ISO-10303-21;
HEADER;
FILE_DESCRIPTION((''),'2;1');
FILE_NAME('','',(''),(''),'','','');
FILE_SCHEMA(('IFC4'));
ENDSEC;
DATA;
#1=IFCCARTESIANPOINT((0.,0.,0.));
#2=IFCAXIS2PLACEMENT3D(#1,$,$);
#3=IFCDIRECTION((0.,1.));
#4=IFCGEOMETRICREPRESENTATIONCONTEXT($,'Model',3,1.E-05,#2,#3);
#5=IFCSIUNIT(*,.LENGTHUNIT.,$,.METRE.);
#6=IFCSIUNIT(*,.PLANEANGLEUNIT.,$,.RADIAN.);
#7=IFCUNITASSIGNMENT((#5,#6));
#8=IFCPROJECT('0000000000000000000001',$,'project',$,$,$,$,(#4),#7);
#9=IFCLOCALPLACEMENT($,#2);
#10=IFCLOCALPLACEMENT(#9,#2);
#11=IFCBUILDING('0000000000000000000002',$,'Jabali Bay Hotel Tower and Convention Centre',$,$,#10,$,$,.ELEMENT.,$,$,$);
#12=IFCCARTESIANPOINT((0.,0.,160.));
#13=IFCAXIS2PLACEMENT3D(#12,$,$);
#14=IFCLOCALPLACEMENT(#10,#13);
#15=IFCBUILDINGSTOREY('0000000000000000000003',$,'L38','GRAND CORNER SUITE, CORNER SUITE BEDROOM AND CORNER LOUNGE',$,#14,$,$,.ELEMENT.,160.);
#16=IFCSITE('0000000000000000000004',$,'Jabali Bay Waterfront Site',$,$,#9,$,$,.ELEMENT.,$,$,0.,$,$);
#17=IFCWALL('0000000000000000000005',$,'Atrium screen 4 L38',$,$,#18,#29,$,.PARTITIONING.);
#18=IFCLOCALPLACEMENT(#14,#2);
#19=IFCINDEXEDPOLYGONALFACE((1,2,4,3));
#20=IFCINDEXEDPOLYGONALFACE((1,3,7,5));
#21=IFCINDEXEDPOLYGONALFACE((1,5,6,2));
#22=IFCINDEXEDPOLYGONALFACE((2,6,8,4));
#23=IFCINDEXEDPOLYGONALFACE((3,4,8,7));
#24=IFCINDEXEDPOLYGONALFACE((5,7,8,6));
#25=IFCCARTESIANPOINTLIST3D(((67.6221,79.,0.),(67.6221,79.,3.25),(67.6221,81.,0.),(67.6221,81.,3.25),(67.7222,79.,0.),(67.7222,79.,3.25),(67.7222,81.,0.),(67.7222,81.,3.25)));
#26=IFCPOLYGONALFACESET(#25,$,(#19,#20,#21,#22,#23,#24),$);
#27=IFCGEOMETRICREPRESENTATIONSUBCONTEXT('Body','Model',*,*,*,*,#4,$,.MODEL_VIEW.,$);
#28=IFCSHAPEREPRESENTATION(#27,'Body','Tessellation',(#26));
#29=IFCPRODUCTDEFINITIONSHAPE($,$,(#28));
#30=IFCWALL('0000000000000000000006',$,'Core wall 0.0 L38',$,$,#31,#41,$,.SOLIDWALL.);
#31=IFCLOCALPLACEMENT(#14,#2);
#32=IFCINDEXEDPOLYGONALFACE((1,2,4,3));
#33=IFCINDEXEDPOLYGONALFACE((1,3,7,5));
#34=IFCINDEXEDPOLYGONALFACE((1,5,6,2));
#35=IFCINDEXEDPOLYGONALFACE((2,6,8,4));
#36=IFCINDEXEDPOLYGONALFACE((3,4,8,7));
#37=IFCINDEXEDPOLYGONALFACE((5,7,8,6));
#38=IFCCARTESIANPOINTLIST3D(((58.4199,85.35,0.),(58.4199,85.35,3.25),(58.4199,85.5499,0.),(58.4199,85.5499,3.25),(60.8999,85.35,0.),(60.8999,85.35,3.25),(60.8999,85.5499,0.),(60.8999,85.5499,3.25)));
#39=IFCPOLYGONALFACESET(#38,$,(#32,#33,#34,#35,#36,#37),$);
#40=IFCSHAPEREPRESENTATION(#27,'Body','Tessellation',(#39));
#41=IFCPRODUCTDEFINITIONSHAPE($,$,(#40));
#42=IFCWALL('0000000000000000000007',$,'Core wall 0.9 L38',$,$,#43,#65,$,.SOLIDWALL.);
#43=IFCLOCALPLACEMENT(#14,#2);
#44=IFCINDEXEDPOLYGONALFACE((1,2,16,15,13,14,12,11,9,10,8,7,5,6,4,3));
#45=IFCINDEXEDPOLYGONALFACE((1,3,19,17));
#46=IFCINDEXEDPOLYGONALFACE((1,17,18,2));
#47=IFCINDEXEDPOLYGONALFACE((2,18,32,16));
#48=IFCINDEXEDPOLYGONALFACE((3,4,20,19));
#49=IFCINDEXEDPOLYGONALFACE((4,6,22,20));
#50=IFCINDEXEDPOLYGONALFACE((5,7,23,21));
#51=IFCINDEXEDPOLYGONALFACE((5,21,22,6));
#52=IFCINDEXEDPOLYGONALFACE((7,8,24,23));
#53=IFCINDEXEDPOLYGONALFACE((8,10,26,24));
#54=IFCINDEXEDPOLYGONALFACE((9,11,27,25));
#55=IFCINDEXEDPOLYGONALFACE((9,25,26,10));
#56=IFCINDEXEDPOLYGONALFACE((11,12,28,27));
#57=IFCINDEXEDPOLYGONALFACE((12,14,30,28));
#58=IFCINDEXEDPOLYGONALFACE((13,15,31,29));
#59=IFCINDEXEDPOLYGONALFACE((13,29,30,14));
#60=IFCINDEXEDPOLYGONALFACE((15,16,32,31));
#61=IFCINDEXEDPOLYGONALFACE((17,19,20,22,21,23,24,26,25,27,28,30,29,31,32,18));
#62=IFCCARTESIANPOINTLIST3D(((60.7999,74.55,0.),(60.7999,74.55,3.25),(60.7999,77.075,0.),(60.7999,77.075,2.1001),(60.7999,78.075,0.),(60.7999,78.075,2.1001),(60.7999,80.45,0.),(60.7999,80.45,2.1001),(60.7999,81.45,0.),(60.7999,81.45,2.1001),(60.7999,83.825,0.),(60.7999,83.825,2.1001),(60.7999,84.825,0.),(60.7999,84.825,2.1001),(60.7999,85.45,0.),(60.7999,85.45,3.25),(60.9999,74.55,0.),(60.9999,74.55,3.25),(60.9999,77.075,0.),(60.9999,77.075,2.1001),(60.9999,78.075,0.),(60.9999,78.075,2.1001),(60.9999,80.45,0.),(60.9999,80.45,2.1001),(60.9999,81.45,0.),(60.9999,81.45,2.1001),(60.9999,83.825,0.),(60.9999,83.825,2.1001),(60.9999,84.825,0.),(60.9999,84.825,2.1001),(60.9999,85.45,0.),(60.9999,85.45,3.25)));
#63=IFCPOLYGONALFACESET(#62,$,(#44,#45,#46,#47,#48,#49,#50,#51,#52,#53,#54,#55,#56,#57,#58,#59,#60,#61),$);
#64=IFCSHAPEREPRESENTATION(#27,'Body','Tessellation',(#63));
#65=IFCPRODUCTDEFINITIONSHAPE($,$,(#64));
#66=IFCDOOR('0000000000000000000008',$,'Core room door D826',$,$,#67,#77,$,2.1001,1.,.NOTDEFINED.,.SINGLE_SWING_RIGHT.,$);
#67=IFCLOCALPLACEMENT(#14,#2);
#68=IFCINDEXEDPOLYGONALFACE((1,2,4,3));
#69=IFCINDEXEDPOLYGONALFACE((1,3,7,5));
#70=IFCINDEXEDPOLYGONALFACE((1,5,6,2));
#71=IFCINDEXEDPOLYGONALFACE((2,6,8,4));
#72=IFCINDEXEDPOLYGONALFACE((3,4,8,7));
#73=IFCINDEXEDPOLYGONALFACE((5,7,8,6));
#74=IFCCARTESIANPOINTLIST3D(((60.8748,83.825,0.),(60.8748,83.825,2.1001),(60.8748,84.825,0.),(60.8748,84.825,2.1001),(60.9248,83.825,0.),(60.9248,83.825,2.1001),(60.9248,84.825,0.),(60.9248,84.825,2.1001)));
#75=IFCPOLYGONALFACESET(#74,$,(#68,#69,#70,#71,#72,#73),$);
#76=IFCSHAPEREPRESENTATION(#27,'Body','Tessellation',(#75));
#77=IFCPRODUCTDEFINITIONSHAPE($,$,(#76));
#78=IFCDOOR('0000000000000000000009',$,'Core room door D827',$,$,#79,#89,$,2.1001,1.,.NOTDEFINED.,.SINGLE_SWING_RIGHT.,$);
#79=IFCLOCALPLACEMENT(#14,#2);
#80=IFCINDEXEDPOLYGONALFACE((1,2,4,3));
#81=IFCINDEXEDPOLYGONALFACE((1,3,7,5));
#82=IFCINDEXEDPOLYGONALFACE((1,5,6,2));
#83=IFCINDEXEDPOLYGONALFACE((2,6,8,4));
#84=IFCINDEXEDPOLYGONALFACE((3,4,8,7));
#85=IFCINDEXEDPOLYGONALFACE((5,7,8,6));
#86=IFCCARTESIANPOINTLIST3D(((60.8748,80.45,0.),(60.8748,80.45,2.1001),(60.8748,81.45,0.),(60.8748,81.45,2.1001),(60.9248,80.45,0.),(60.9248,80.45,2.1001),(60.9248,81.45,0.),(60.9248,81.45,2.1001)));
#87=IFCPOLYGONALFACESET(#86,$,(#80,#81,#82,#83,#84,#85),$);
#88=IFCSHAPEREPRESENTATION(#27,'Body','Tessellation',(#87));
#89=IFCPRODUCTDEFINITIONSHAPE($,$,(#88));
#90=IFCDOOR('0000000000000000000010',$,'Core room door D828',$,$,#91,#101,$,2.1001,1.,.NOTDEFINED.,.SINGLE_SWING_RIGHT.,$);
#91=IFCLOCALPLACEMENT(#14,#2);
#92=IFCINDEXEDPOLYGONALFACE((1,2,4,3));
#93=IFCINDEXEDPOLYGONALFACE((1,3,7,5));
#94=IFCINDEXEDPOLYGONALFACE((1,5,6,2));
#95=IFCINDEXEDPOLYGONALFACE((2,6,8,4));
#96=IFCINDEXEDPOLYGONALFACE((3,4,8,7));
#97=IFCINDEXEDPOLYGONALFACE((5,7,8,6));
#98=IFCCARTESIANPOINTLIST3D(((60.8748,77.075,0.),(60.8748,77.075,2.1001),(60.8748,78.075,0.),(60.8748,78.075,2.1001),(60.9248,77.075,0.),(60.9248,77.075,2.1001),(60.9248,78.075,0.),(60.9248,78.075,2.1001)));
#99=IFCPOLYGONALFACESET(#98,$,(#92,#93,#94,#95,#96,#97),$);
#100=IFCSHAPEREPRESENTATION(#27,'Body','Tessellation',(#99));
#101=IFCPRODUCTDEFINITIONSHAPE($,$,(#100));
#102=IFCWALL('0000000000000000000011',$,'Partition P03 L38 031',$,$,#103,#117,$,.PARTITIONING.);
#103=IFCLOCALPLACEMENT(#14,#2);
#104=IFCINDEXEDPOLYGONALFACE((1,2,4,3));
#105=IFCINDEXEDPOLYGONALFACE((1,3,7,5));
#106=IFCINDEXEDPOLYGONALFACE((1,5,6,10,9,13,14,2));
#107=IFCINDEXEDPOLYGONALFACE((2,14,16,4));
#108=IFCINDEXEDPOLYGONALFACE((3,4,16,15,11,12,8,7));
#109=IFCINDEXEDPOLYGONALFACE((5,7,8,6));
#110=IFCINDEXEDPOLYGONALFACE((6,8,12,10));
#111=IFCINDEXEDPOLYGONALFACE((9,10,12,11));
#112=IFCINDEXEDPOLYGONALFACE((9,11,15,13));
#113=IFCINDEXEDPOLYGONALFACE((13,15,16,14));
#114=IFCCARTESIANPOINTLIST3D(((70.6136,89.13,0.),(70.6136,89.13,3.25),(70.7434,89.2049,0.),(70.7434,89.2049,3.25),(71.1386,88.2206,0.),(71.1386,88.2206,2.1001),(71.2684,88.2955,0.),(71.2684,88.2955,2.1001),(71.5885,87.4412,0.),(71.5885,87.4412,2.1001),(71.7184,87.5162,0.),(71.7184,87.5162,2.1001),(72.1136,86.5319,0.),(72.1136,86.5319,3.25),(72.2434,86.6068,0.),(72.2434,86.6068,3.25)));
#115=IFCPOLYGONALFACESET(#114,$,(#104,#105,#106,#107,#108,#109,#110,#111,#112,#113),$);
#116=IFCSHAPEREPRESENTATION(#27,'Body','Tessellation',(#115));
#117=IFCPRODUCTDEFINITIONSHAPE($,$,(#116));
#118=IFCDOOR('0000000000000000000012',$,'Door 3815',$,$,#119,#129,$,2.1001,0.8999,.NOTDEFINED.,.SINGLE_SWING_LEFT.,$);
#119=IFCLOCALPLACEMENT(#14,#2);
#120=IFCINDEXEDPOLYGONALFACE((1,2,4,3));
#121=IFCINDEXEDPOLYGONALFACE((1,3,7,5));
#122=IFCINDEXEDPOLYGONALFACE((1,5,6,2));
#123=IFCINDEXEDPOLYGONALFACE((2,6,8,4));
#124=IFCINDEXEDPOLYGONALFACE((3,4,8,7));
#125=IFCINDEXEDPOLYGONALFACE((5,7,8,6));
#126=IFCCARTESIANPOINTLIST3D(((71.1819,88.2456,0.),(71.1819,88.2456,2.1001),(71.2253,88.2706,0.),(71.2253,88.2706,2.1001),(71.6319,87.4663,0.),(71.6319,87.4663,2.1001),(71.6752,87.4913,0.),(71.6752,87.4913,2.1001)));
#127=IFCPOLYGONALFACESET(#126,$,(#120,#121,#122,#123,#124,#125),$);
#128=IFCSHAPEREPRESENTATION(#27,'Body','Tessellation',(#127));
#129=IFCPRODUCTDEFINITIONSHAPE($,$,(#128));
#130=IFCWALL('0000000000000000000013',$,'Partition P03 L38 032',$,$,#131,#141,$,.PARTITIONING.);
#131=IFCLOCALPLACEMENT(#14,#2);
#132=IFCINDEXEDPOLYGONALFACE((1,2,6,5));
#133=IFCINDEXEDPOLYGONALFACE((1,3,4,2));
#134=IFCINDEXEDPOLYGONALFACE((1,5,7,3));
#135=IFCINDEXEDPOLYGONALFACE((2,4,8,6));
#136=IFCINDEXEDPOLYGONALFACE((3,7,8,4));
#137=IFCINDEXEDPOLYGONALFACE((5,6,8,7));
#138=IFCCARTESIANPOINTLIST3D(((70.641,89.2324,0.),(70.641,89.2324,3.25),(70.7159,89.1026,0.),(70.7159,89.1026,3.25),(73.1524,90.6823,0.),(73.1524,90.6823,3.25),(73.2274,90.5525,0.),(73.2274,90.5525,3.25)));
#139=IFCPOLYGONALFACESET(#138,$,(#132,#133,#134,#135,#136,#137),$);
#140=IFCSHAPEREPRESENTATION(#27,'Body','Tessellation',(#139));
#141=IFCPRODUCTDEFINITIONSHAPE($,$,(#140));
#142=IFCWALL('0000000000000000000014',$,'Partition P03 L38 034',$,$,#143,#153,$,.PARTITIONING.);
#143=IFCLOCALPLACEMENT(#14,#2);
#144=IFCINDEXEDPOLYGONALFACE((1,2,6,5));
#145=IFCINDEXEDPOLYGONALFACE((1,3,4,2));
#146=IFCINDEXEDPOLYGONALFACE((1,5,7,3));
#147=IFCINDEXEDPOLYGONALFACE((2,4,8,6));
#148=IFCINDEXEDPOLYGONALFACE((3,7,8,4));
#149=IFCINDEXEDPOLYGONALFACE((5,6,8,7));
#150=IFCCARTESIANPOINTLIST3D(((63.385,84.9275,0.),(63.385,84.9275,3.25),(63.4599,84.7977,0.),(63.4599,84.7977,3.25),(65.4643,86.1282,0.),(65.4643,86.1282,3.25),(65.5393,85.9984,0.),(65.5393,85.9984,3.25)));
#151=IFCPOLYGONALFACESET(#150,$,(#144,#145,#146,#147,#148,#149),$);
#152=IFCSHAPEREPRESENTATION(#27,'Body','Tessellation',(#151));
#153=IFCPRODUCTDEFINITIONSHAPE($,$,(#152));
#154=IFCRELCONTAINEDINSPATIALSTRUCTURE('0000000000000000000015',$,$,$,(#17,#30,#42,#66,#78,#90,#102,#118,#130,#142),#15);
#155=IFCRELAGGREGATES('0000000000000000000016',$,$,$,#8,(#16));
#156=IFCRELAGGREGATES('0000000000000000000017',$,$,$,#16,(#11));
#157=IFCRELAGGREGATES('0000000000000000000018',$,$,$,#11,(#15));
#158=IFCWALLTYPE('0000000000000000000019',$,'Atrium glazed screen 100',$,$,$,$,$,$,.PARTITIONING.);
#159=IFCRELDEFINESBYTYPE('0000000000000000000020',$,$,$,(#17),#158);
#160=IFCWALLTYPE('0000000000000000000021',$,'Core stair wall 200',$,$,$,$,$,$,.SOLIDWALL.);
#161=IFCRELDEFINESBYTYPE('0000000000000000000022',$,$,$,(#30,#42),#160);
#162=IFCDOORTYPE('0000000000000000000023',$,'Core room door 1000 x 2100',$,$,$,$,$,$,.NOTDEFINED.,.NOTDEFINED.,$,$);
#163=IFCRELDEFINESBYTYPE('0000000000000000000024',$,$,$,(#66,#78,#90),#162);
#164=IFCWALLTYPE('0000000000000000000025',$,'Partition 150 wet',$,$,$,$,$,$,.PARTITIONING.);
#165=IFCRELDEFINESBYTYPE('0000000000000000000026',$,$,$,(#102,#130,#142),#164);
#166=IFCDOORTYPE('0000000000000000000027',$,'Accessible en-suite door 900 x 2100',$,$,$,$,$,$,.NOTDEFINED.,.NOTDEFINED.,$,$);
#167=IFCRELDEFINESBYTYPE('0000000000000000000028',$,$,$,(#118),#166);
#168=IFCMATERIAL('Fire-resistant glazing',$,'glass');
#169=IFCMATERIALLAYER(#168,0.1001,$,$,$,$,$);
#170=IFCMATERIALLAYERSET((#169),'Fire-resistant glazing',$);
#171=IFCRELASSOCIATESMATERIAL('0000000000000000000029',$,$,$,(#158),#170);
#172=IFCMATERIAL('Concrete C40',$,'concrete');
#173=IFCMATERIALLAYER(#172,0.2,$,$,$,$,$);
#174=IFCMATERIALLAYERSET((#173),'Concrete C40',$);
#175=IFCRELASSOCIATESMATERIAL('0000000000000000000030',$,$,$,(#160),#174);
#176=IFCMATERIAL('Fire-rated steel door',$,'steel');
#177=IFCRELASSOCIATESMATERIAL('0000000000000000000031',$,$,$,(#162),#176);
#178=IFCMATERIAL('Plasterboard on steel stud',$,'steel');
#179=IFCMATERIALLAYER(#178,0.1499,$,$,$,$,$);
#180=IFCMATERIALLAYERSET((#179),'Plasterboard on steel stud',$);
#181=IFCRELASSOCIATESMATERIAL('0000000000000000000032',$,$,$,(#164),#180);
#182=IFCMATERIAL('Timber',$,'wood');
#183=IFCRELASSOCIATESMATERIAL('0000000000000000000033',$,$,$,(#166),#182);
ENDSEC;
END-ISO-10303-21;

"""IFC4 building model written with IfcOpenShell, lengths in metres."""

from ifc_helpers import new_model, si_unit, direction, frame, frame_2d, origin, place, context, subcontext, project, spatial, rectangle, extrude, material, layer, layer_set, type_object, element, fill, save


model = new_model("IFC4")

# Units and contexts
model_context = context("Model", 3, precision=1e-05, world=origin(), true_north=direction((0.0, 1.0)))
body_context = subcontext(model_context, "Body", "Model", "MODEL_VIEW")
ifc_project = project(units=[si_unit("LENGTHUNIT", "METRE"), si_unit("PLANEANGLEUNIT", "RADIAN")], contexts=[model_context])

# Site, building, storey
site_placement = place(None, origin())
site = spatial("IfcSite", under=ifc_project, at=site_placement, Name="Jabali Bay Waterfront Site", CompositionType="ELEMENT", RefElevation=0.0)
building_placement = place(site_placement, origin())
building = spatial("IfcBuilding", under=site, at=building_placement, Name="Jabali Bay Hotel Tower and Convention Centre", CompositionType="ELEMENT")
storey_placement = place(building_placement, frame((0.0, 0.0, 160.0)))
storey = spatial("IfcBuildingStorey", under=building, at=storey_placement, Name="L38", Description="GRAND CORNER SUITE, CORNER SUITE BEDROOM AND CORNER LOUNGE", CompositionType="ELEMENT", Elevation=160.0)

# Walls
ifc_material_1 = material(Name="Fire-resistant glazing", Category="glass")
ifc_layer_1 = layer(ifc_material_1, 0.1001)
ifc_layer_set_1 = layer_set([ifc_layer_1], Name="Fire-resistant glazing")
wall_type_1 = type_object("IfcWallType", Name="Atrium glazed screen 100", PredefinedType="PARTITIONING", material=ifc_layer_set_1)
wall_1_placement = place(storey_placement, frame((67.6721, 81.0, 0.0), z_axis=(0.0, 0.0, 1.0), x_axis=(0.0, -1.0, 0.0)))
element("IfcWall", 1, at=wall_1_placement, inside=storey, type_object=wall_type_1, Name="Atrium screen 4 L38", PredefinedType="PARTITIONING", context=body_context, shape_type="SweptSolid", body=[
    extrude(rectangle(XDim=2.0, YDim=0.1001, at=frame_2d((1.0, 0.0))), origin(), (0.0, 0.0, 1.0), 3.25),
])
ifc_material_2 = material(Name="Concrete C40", Category="concrete")
ifc_layer_2 = layer(ifc_material_2, 0.2)
ifc_layer_set_2 = layer_set([ifc_layer_2], Name="Concrete C40")
wall_type_2 = type_object("IfcWallType", Name="Core stair wall 200", PredefinedType="SOLIDWALL", material=ifc_layer_set_2)
wall_2_placement = place(storey_placement, frame((60.8999, 85.45, 0.0), z_axis=(0.0, 0.0, 1.0), x_axis=(-1.0, 0.0, 0.0)))
element("IfcWall", 2, at=wall_2_placement, inside=storey, type_object=wall_type_2, Name="Core wall 0.0 L38", PredefinedType="SOLIDWALL", context=body_context, shape_type="SweptSolid", body=[
    extrude(rectangle(XDim=2.48, YDim=0.2, at=frame_2d((1.24, 0.0))), origin(), (0.0, 0.0, 1.0), 3.25),
])

# Wall, openings, doors
wall_3_placement = place(storey_placement, frame((60.8999, 85.45, 0.0), z_axis=(0.0, 0.0, 1.0), x_axis=(0.0, -1.0, 0.0)))
wall_3 = element("IfcWall", 3, at=wall_3_placement, inside=storey, type_object=wall_type_2, Name="Core wall 0.9 L38", PredefinedType="SOLIDWALL", context=body_context, shape_type="SweptSolid", body=[
    extrude(rectangle(XDim=10.8999, YDim=0.2, at=frame_2d((5.45, 0.0))), origin(), (0.0, 0.0, 1.0), 3.25),
])
opening_1_placement = place(wall_3_placement, frame((0.625, 0.0, 0.0)))
opening_1 = element("IfcOpeningElement", 4, at=opening_1_placement, cuts=wall_3, PredefinedType="OPENING", context=body_context, shape_type="SweptSolid", body=[
    extrude(rectangle(XDim=1.0, YDim=2.1001, at=frame_2d((0.5, 1.05))), frame((0.0, 0.1104, 0.0), z_axis=(0.0, -1.0, 0.0), x_axis=(1.0, 0.0, 0.0)), (0.0, 0.0, 1.0), 0.2209),
])
opening_2_placement = place(wall_3_placement, frame((4.0, 0.0, 0.0)))
opening_2 = element("IfcOpeningElement", 5, at=opening_2_placement, cuts=wall_3, PredefinedType="OPENING", context=body_context, shape_type="SweptSolid", body=[
    extrude(rectangle(XDim=1.0, YDim=2.1001, at=frame_2d((0.5, 1.05))), frame((0.0, 0.1104, 0.0), z_axis=(0.0, -1.0, 0.0), x_axis=(1.0, 0.0, 0.0)), (0.0, 0.0, 1.0), 0.2209),
])
opening_3_placement = place(wall_3_placement, frame((7.375, 0.0, 0.0)))
opening_3 = element("IfcOpeningElement", 6, at=opening_3_placement, cuts=wall_3, PredefinedType="OPENING", context=body_context, shape_type="SweptSolid", body=[
    extrude(rectangle(XDim=1.0, YDim=2.1001, at=frame_2d((0.5, 1.05))), frame((0.0, 0.1104, 0.0), z_axis=(0.0, -1.0, 0.0), x_axis=(1.0, 0.0, 0.0)), (0.0, 0.0, 1.0), 0.2209),
])
ifc_material_3 = material(Name="Fire-rated steel door", Category="steel")
door_type_1 = type_object("IfcDoorType", Name="Core room door 1000 x 2100", OperationType="NOTDEFINED", PredefinedType="NOTDEFINED", material=ifc_material_3)
door_1_placement = place(opening_1_placement, origin())
door_1 = element("IfcDoor", 7, at=door_1_placement, inside=storey, type_object=door_type_1, Name="Core room door D826", OperationType="SINGLE_SWING_RIGHT", OverallHeight=2.1001, OverallWidth=1.0, PredefinedType="NOTDEFINED", context=body_context, shape_type="SweptSolid", body=[
    extrude(rectangle(XDim=1.0, YDim=2.1001, at=frame_2d((0.5, 1.05))), frame((0.0, 0.0249, 0.0), z_axis=(0.0, -1.0, 0.0), x_axis=(1.0, 0.0, 0.0)), (0.0, 0.0, 1.0), 0.05),
])
fill(opening_1, door_1)
door_2_placement = place(opening_2_placement, origin())
door_2 = element("IfcDoor", 8, at=door_2_placement, inside=storey, type_object=door_type_1, Name="Core room door D827", OperationType="SINGLE_SWING_RIGHT", OverallHeight=2.1001, OverallWidth=1.0, PredefinedType="NOTDEFINED", context=body_context, shape_type="SweptSolid", body=[
    extrude(rectangle(XDim=1.0, YDim=2.1001, at=frame_2d((0.5, 1.05))), frame((0.0, 0.0249, 0.0), z_axis=(0.0, -1.0, 0.0), x_axis=(1.0, 0.0, 0.0)), (0.0, 0.0, 1.0), 0.05),
])
fill(opening_2, door_2)
door_3_placement = place(opening_3_placement, origin())
door_3 = element("IfcDoor", 9, at=door_3_placement, inside=storey, type_object=door_type_1, Name="Core room door D828", OperationType="SINGLE_SWING_RIGHT", OverallHeight=2.1001, OverallWidth=1.0, PredefinedType="NOTDEFINED", context=body_context, shape_type="SweptSolid", body=[
    extrude(rectangle(XDim=1.0, YDim=2.1001, at=frame_2d((0.5, 1.05))), frame((0.0, 0.0249, 0.0), z_axis=(0.0, -1.0, 0.0), x_axis=(1.0, 0.0, 0.0)), (0.0, 0.0, 1.0), 0.05),
])
fill(opening_3, door_3)

# Wall, opening, door
ifc_material_4 = material(Name="Plasterboard on steel stud", Category="steel")
ifc_layer_3 = layer(ifc_material_4, 0.1499)
ifc_layer_set_3 = layer_set([ifc_layer_3], Name="Plasterboard on steel stud")
wall_type_3 = type_object("IfcWallType", Name="Partition 150 wet", PredefinedType="PARTITIONING", material=ifc_layer_set_3)
wall_4_placement = place(storey_placement, frame((72.1785, 86.5693, 0.0), z_axis=(0.0, 0.0, 1.0), x_axis=(-0.49999, 0.866031, 0.0)))
wall_4 = element("IfcWall", 10, at=wall_4_placement, inside=storey, type_object=wall_type_3, Name="Partition P03 L38 031", PredefinedType="PARTITIONING", context=body_context, shape_type="SweptSolid", body=[
    extrude(rectangle(XDim=3.0, YDim=0.1499, at=frame_2d((1.5, 0.0))), origin(), (0.0, 0.0, 1.0), 3.25),
])
opening_4_placement = place(wall_4_placement, frame((1.05, 0.0, 0.0)))
opening_4 = element("IfcOpeningElement", 11, at=opening_4_placement, cuts=wall_4, PredefinedType="OPENING", context=body_context, shape_type="SweptSolid", body=[
    extrude(rectangle(XDim=0.8999, YDim=2.1001, at=frame_2d((0.45, 1.05))), frame((0.0, 0.0854, 0.0), z_axis=(0.0, -1.0, 0.0), x_axis=(1.0, 0.0, 0.0)), (0.0, 0.0, 1.0), 0.1709),
])
ifc_material_5 = material(Name="Timber", Category="wood")
door_type_2 = type_object("IfcDoorType", Name="Accessible en-suite door 900 x 2100", OperationType="NOTDEFINED", PredefinedType="NOTDEFINED", material=ifc_material_5)
door_4_placement = place(opening_4_placement, origin())
door_4 = element("IfcDoor", 12, at=door_4_placement, inside=storey, type_object=door_type_2, Name="Door 3815", OperationType="SINGLE_SWING_LEFT", OverallHeight=2.1001, OverallWidth=0.8999, PredefinedType="NOTDEFINED", context=body_context, shape_type="SweptSolid", body=[
    extrude(rectangle(XDim=0.8999, YDim=2.1001, at=frame_2d((0.45, 1.05))), frame((0.0, 0.0249, 0.0), z_axis=(0.0, -1.0, 0.0), x_axis=(1.0, 0.0, 0.0)), (0.0, 0.0, 1.0), 0.05),
])
fill(opening_4, door_4)

# Walls
wall_5_placement = place(storey_placement, frame((70.6785, 89.1675, 0.0), z_axis=(0.0, 0.0, 1.0), x_axis=(0.866033, 0.499987, 0.0)))
element("IfcWall", 13, at=wall_5_placement, inside=storey, type_object=wall_type_3, Name="Partition P03 L38 032", PredefinedType="PARTITIONING", context=body_context, shape_type="SweptSolid", body=[
    extrude(rectangle(XDim=2.8999, YDim=0.1499, at=frame_2d((1.45, 0.0))), origin(), (0.0, 0.0, 1.0), 3.25),
])
wall_6_placement = place(storey_placement, frame((63.4224, 84.8625, 0.0), z_axis=(0.0, 0.0, 1.0), x_axis=(0.865994, 0.500054, 0.0)))
element("IfcWall", 14, at=wall_6_placement, inside=storey, type_object=wall_type_3, Name="Partition P03 L38 034", PredefinedType="PARTITIONING", context=body_context, shape_type="SweptSolid", body=[
    extrude(rectangle(XDim=2.4011, YDim=0.1499, at=frame_2d((1.2007, 0.0))), origin(), (0.0, 0.0, 1.0), 3.25),
])

save(model, "model.ifc")
